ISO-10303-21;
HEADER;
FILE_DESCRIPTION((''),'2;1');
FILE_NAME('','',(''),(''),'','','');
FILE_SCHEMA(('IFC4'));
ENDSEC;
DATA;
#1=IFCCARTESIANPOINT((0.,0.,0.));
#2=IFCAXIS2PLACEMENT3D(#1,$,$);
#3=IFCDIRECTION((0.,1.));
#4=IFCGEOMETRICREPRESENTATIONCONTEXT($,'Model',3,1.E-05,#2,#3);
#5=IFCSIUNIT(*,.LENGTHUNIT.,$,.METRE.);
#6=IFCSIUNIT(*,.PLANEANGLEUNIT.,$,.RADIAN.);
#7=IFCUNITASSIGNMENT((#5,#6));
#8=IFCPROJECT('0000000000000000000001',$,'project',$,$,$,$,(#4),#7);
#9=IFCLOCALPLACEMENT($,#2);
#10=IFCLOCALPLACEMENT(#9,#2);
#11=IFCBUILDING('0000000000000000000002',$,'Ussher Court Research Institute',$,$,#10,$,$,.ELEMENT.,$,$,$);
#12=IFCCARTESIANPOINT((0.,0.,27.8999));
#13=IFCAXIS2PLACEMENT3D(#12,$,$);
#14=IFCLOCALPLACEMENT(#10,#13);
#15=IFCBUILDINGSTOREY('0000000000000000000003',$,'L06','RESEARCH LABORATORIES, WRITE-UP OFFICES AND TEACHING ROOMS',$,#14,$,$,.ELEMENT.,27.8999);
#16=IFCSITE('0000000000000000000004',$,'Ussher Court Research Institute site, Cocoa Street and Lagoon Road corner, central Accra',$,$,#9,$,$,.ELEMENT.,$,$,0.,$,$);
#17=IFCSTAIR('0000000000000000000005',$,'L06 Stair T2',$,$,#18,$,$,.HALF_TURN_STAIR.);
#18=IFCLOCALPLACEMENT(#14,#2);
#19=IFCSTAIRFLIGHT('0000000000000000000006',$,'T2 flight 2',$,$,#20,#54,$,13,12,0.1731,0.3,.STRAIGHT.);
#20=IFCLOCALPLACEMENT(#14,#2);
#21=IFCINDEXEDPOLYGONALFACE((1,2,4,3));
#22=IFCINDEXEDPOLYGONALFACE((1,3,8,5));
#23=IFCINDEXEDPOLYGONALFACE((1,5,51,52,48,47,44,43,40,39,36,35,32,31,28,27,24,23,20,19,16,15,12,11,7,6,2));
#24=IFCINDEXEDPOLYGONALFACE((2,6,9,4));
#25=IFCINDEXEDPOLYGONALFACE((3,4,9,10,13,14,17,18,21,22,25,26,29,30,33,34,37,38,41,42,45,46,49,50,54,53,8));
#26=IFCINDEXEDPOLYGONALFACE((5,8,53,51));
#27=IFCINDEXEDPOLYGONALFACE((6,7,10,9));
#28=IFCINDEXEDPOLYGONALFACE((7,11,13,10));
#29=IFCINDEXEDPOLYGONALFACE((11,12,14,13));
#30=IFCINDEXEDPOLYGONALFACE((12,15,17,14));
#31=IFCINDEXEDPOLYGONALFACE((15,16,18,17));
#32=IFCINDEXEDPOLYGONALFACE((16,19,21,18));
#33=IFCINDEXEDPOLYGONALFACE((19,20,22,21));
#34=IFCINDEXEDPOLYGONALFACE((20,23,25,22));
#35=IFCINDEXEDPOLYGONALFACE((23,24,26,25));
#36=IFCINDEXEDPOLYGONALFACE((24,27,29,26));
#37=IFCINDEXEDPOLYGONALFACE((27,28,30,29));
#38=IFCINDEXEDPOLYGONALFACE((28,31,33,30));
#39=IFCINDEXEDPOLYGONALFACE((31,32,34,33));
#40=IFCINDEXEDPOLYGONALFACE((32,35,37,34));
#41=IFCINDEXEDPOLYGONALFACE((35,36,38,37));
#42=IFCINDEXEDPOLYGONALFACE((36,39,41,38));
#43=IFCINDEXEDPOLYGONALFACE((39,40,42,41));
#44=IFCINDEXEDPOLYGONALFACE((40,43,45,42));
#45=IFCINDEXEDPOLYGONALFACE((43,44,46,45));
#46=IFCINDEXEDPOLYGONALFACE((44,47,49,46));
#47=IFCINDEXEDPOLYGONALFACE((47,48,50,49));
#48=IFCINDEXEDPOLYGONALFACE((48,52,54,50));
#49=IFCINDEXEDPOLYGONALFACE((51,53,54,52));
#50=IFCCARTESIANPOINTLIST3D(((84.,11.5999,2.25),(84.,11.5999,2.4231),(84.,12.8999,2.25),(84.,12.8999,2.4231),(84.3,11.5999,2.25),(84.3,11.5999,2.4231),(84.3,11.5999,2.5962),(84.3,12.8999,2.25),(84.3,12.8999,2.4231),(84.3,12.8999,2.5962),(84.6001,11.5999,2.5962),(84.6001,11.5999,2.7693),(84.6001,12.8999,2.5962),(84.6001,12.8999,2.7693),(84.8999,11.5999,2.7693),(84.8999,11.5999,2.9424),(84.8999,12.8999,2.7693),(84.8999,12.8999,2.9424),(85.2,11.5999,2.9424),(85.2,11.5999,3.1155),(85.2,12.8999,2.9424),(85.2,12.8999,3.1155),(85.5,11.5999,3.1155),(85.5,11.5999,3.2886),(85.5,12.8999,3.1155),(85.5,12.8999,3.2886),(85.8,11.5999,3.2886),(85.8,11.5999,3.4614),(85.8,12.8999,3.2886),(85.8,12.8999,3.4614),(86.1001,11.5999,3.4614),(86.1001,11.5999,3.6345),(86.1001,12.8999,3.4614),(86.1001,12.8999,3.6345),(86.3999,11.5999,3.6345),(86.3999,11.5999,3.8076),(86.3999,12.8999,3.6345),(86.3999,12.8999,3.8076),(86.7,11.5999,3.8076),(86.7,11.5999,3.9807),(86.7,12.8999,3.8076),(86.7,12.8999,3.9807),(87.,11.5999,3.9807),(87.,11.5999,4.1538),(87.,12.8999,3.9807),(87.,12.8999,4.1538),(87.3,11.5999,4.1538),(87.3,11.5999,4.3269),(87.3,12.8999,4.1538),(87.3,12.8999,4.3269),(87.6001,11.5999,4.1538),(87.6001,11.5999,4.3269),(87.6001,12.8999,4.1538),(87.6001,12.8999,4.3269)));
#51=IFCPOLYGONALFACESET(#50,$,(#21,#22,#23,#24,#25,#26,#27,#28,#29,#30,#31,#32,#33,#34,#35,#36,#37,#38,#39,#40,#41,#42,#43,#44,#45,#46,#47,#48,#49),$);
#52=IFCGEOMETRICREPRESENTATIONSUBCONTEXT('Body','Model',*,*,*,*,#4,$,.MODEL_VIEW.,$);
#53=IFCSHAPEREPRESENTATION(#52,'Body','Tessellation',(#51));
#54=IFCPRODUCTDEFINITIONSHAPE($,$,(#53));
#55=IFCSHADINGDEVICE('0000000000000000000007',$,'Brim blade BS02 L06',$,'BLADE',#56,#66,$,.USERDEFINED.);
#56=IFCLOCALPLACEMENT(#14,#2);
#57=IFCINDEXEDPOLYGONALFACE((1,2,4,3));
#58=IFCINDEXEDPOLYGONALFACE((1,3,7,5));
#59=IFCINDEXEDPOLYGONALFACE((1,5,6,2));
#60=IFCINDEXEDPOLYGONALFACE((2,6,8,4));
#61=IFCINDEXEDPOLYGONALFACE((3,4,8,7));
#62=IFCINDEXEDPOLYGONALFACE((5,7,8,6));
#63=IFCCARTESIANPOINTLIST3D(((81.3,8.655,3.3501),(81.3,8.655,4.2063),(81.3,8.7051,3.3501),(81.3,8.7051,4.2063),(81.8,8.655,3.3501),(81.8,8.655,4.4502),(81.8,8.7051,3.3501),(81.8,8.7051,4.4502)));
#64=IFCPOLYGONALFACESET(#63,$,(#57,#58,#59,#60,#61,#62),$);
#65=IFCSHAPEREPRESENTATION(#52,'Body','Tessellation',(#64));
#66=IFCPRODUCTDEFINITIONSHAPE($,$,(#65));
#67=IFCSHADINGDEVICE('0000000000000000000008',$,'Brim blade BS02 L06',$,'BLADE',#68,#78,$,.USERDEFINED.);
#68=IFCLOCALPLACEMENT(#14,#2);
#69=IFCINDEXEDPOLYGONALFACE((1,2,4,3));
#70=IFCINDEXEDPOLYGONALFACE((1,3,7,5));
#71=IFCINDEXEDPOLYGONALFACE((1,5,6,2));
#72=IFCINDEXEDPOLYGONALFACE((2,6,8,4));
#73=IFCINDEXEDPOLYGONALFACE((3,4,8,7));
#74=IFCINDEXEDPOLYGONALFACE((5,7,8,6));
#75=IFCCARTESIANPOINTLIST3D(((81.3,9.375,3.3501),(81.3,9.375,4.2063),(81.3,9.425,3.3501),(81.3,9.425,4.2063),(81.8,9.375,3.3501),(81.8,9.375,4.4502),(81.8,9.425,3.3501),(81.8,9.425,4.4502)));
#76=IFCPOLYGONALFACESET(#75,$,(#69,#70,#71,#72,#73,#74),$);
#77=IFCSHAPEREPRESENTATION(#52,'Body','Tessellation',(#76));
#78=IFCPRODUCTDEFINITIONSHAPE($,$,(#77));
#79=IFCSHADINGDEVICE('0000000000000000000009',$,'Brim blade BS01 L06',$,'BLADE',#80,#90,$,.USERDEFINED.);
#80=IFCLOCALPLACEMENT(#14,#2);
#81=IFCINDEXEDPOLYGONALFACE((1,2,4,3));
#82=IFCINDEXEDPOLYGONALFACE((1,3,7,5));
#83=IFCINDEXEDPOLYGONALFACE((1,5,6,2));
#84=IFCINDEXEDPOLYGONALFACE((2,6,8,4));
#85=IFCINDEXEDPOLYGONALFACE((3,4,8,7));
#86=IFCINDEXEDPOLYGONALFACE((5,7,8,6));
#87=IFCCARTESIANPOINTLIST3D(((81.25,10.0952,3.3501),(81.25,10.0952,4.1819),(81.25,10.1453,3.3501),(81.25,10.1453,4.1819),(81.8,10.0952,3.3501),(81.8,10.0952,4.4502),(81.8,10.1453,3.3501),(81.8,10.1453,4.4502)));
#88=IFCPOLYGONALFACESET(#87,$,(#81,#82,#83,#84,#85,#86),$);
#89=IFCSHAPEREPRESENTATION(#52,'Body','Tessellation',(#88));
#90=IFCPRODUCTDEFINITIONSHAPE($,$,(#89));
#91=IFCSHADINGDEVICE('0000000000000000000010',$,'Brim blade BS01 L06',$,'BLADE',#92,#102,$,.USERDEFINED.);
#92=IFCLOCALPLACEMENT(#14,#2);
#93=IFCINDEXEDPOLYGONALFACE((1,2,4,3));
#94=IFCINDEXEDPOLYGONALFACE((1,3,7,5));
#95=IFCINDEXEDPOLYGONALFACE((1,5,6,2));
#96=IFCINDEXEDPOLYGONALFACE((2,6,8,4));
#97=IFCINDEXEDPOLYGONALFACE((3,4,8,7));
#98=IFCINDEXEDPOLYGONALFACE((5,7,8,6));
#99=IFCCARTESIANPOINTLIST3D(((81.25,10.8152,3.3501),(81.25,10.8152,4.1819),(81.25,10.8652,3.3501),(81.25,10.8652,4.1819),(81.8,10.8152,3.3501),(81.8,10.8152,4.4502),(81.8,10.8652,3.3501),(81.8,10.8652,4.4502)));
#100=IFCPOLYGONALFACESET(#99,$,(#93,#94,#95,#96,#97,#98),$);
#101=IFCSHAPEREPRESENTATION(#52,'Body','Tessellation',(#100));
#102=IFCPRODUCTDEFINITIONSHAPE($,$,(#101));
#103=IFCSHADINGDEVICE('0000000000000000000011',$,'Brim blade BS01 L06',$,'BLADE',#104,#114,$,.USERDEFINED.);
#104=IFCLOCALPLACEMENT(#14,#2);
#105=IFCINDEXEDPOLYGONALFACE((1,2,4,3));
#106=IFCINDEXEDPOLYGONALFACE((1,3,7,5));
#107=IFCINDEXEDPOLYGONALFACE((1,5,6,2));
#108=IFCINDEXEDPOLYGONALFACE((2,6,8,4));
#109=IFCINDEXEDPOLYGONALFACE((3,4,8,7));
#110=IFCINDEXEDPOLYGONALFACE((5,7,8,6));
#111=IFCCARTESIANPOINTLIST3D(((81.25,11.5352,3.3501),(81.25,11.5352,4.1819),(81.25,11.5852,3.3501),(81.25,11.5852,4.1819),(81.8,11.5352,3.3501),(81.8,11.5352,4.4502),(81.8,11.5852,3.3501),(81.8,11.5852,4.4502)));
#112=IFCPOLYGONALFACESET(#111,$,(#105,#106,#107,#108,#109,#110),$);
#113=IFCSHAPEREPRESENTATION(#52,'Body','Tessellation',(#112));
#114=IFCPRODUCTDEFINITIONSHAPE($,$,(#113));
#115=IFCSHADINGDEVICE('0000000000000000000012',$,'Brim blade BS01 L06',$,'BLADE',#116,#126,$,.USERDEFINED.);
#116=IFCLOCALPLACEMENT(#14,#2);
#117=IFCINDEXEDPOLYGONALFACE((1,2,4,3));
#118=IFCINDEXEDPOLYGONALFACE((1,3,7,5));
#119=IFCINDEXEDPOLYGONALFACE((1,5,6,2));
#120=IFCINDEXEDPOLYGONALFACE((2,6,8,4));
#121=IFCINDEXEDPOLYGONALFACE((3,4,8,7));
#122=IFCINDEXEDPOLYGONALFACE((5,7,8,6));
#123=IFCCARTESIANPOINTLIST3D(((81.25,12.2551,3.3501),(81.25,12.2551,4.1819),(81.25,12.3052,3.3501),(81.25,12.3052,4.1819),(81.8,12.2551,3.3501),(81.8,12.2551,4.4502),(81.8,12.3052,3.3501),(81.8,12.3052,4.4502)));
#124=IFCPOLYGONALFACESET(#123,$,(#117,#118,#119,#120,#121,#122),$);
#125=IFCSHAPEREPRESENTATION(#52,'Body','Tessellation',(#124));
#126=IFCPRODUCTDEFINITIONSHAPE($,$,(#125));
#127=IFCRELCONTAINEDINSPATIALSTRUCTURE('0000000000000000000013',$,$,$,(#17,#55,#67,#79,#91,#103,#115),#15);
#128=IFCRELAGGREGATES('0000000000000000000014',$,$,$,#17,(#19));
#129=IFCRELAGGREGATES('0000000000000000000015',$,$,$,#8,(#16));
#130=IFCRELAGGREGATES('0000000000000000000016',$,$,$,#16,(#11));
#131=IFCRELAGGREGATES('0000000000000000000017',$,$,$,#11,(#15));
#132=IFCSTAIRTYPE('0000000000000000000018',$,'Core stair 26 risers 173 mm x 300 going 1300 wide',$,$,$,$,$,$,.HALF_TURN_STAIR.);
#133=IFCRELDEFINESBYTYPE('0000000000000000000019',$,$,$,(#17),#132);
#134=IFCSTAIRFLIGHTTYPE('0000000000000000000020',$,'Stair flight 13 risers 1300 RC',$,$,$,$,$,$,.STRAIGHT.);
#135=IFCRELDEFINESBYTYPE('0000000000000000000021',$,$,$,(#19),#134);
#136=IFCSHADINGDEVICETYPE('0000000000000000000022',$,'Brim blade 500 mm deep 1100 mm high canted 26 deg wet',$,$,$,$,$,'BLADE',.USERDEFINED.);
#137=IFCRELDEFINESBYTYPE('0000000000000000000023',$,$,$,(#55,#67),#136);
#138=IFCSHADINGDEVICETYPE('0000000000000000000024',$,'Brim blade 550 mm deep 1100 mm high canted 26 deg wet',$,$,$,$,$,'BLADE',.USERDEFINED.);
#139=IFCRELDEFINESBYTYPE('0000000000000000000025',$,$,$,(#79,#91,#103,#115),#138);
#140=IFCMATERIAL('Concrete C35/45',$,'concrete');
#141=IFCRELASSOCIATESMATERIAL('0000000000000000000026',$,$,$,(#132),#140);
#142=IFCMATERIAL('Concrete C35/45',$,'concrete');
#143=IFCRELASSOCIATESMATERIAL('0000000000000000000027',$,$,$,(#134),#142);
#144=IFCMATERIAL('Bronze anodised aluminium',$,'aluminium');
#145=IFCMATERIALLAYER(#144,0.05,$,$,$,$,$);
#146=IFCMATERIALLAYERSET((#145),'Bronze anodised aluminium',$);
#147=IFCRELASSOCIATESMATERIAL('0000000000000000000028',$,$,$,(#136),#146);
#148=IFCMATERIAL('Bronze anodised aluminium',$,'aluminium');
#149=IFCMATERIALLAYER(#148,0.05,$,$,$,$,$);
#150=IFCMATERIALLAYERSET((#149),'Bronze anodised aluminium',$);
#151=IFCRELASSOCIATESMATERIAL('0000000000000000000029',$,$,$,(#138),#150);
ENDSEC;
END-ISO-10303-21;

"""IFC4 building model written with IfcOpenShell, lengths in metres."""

from ifc_helpers import new_model, si_unit, direction, frame, origin, place, context, subcontext, project, spatial, polyline, outline, extrude, material, layer, layer_set, type_object, element, aggregate, save


model = new_model("IFC4")

# Units and contexts
model_context = context("Model", 3, precision=1e-05, world=origin(), true_north=direction((0.0, 1.0)))
body_context = subcontext(model_context, "Body", "Model", "MODEL_VIEW")
ifc_project = project(units=[si_unit("LENGTHUNIT", "METRE"), si_unit("PLANEANGLEUNIT", "RADIAN")], contexts=[model_context])

# Site, building, storey
site_placement = place(None, origin())
site = spatial("IfcSite", under=ifc_project, at=site_placement, Name="Ussher Court Research Institute site, Cocoa Street and Lagoon Road corner, central Accra", CompositionType="ELEMENT", RefElevation=0.0)
building_placement = place(site_placement, origin())
building = spatial("IfcBuilding", under=site, at=building_placement, Name="Ussher Court Research Institute", CompositionType="ELEMENT")
storey_placement = place(building_placement, frame((0.0, 0.0, 27.8999)))
storey = spatial("IfcBuildingStorey", under=building, at=storey_placement, Name="L06", Description="RESEARCH LABORATORIES, WRITE-UP OFFICES AND TEACHING ROOMS", CompositionType="ELEMENT", Elevation=27.8999)

# Stair, stair flight
ifc_material_1 = material(Name="Concrete C35/45", Category="concrete")
stair_type = type_object("IfcStairType", Name="Core stair 26 risers 173 mm x 300 going 1300 wide", PredefinedType="HALF_TURN_STAIR", material=ifc_material_1)
stair_placement = place(storey_placement, origin())
stair = element("IfcStair", 1, at=stair_placement, inside=storey, type_object=stair_type, Name="L06 Stair T2", PredefinedType="HALF_TURN_STAIR")
ifc_material_2 = material(Name="Concrete C35/45", Category="concrete")
stair_flight_type = type_object("IfcStairFlightType", Name="Stair flight 13 risers 1300 RC", PredefinedType="STRAIGHT", material=ifc_material_2)
stair_flight_placement = place(storey_placement, frame((84.0, 12.25, 2.25), z_axis=(0.0, 0.0, 1.0), x_axis=(1.0, 0.0, 0.0)))
stair_flight = element("IfcStairFlight", 2, at=stair_flight_placement, type_object=stair_flight_type, Name="T2 flight 2", NumberOfRisers=13, NumberOfTreads=12, PredefinedType="STRAIGHT", RiserHeight=0.1731, TreadLength=0.3, context=body_context, shape_type="SweptSolid", body=[
    extrude(outline(polyline([(0.0, 0.0), (0.0, 0.1731), (0.3, 0.1731), (0.3, 0.3462), (0.6001, 0.3462), (0.6001, 0.5193), (0.8999, 0.5193), (0.8999, 0.6924), (1.2, 0.6924), (1.2, 0.8655), (1.5, 0.8655), (1.5, 1.0386), (1.8, 1.0386), (1.8, 1.2114), (2.1001, 1.2114), (2.1001, 1.3845), (2.3999, 1.3845), (2.3999, 1.5576), (2.7, 1.5576), (2.7, 1.7307), (3.0, 1.7307), (3.0, 1.9038), (3.3, 1.9038), (3.3, 2.0769), (3.6001, 2.0769), (3.6001, 2.25), (3.6001, 1.9038), (0.3, 0.0), (0.0, 0.0)])), frame((0.0, 0.6499, 0.0), z_axis=(0.0, -1.0, 0.0), x_axis=(1.0, 0.0, 0.0)), (0.0, 0.0, 1.0), 1.3),
])
aggregate(stair, [stair_flight])

# Shading devices
ifc_material_3 = material(Name="Bronze anodised aluminium", Category="aluminium")
ifc_layer_1 = layer(ifc_material_3, 0.05)
ifc_layer_set_1 = layer_set([ifc_layer_1], Name="Bronze anodised aluminium")
shading_device_type_1 = type_object("IfcShadingDeviceType", Name="Brim blade 500 mm deep 1100 mm high canted 26 deg wet", ElementType="BLADE", PredefinedType="USERDEFINED", material=ifc_layer_set_1)
for number, where, z_axis, x_axis, name in (
    (3, (81.8, 8.6799, 3.3501), (0.0, 0.0, 1.0), (-1.0, 0.0, 0.0), "Brim blade BS02 L06"),
    (4, (81.8, 9.3999, 3.3501), (0.0, 0.0, 1.0), (-1.0, 0.0, 0.0), "Brim blade BS02 L06"),
):
    element("IfcShadingDevice", number, at=place(storey_placement, frame(where, z_axis=z_axis, x_axis=x_axis)), inside=storey, type_object=shading_device_type_1, Name=name, ObjectType="BLADE", PredefinedType="USERDEFINED", context=body_context, shape_type="SweptSolid", body=[
        extrude(outline(polyline([(0.0, 0.0), (0.5, 0.0), (0.5, 0.8562), (0.0, 1.1001), (0.0, 0.0)])), frame((0.0, 0.0249, 0.0), z_axis=(0.0, -1.0, 0.0), x_axis=(1.0, 0.0, 0.0)), (0.0, 0.0, 1.0), 0.05),
    ])
ifc_material_4 = material(Name="Bronze anodised aluminium", Category="aluminium")
ifc_layer_2 = layer(ifc_material_4, 0.05)
ifc_layer_set_2 = layer_set([ifc_layer_2], Name="Bronze anodised aluminium")
shading_device_type_2 = type_object("IfcShadingDeviceType", Name="Brim blade 550 mm deep 1100 mm high canted 26 deg wet", ElementType="BLADE", PredefinedType="USERDEFINED", material=ifc_layer_set_2)
for number, where, z_axis, x_axis, name in (
    (5, (81.8, 10.1201, 3.3501), (0.0, 0.0, 1.0), (-1.0, 0.0, 0.0), "Brim blade BS01 L06"),
    (6, (81.8, 10.8401, 3.3501), (0.0, 0.0, 1.0), (-1.0, 0.0, 0.0), "Brim blade BS01 L06"),
    (7, (81.8, 11.5601, 3.3501), (0.0, 0.0, 1.0), (-1.0, 0.0, 0.0), "Brim blade BS01 L06"),
    (8, (81.8, 12.28, 3.3501), (0.0, 0.0, 1.0), (-1.0, 0.0, 0.0), "Brim blade BS01 L06"),
):
    element("IfcShadingDevice", number, at=place(storey_placement, frame(where, z_axis=z_axis, x_axis=x_axis)), inside=storey, type_object=shading_device_type_2, Name=name, ObjectType="BLADE", PredefinedType="USERDEFINED", context=body_context, shape_type="SweptSolid", body=[
        extrude(outline(polyline([(0.0, 0.0), (0.55, 0.0), (0.55, 0.8318), (0.0, 1.1001), (0.0, 0.0)])), frame((0.0, 0.0249, 0.0), z_axis=(0.0, -1.0, 0.0), x_axis=(1.0, 0.0, 0.0)), (0.0, 0.0, 1.0), 0.05),
    ])

save(model, "model.ifc")
